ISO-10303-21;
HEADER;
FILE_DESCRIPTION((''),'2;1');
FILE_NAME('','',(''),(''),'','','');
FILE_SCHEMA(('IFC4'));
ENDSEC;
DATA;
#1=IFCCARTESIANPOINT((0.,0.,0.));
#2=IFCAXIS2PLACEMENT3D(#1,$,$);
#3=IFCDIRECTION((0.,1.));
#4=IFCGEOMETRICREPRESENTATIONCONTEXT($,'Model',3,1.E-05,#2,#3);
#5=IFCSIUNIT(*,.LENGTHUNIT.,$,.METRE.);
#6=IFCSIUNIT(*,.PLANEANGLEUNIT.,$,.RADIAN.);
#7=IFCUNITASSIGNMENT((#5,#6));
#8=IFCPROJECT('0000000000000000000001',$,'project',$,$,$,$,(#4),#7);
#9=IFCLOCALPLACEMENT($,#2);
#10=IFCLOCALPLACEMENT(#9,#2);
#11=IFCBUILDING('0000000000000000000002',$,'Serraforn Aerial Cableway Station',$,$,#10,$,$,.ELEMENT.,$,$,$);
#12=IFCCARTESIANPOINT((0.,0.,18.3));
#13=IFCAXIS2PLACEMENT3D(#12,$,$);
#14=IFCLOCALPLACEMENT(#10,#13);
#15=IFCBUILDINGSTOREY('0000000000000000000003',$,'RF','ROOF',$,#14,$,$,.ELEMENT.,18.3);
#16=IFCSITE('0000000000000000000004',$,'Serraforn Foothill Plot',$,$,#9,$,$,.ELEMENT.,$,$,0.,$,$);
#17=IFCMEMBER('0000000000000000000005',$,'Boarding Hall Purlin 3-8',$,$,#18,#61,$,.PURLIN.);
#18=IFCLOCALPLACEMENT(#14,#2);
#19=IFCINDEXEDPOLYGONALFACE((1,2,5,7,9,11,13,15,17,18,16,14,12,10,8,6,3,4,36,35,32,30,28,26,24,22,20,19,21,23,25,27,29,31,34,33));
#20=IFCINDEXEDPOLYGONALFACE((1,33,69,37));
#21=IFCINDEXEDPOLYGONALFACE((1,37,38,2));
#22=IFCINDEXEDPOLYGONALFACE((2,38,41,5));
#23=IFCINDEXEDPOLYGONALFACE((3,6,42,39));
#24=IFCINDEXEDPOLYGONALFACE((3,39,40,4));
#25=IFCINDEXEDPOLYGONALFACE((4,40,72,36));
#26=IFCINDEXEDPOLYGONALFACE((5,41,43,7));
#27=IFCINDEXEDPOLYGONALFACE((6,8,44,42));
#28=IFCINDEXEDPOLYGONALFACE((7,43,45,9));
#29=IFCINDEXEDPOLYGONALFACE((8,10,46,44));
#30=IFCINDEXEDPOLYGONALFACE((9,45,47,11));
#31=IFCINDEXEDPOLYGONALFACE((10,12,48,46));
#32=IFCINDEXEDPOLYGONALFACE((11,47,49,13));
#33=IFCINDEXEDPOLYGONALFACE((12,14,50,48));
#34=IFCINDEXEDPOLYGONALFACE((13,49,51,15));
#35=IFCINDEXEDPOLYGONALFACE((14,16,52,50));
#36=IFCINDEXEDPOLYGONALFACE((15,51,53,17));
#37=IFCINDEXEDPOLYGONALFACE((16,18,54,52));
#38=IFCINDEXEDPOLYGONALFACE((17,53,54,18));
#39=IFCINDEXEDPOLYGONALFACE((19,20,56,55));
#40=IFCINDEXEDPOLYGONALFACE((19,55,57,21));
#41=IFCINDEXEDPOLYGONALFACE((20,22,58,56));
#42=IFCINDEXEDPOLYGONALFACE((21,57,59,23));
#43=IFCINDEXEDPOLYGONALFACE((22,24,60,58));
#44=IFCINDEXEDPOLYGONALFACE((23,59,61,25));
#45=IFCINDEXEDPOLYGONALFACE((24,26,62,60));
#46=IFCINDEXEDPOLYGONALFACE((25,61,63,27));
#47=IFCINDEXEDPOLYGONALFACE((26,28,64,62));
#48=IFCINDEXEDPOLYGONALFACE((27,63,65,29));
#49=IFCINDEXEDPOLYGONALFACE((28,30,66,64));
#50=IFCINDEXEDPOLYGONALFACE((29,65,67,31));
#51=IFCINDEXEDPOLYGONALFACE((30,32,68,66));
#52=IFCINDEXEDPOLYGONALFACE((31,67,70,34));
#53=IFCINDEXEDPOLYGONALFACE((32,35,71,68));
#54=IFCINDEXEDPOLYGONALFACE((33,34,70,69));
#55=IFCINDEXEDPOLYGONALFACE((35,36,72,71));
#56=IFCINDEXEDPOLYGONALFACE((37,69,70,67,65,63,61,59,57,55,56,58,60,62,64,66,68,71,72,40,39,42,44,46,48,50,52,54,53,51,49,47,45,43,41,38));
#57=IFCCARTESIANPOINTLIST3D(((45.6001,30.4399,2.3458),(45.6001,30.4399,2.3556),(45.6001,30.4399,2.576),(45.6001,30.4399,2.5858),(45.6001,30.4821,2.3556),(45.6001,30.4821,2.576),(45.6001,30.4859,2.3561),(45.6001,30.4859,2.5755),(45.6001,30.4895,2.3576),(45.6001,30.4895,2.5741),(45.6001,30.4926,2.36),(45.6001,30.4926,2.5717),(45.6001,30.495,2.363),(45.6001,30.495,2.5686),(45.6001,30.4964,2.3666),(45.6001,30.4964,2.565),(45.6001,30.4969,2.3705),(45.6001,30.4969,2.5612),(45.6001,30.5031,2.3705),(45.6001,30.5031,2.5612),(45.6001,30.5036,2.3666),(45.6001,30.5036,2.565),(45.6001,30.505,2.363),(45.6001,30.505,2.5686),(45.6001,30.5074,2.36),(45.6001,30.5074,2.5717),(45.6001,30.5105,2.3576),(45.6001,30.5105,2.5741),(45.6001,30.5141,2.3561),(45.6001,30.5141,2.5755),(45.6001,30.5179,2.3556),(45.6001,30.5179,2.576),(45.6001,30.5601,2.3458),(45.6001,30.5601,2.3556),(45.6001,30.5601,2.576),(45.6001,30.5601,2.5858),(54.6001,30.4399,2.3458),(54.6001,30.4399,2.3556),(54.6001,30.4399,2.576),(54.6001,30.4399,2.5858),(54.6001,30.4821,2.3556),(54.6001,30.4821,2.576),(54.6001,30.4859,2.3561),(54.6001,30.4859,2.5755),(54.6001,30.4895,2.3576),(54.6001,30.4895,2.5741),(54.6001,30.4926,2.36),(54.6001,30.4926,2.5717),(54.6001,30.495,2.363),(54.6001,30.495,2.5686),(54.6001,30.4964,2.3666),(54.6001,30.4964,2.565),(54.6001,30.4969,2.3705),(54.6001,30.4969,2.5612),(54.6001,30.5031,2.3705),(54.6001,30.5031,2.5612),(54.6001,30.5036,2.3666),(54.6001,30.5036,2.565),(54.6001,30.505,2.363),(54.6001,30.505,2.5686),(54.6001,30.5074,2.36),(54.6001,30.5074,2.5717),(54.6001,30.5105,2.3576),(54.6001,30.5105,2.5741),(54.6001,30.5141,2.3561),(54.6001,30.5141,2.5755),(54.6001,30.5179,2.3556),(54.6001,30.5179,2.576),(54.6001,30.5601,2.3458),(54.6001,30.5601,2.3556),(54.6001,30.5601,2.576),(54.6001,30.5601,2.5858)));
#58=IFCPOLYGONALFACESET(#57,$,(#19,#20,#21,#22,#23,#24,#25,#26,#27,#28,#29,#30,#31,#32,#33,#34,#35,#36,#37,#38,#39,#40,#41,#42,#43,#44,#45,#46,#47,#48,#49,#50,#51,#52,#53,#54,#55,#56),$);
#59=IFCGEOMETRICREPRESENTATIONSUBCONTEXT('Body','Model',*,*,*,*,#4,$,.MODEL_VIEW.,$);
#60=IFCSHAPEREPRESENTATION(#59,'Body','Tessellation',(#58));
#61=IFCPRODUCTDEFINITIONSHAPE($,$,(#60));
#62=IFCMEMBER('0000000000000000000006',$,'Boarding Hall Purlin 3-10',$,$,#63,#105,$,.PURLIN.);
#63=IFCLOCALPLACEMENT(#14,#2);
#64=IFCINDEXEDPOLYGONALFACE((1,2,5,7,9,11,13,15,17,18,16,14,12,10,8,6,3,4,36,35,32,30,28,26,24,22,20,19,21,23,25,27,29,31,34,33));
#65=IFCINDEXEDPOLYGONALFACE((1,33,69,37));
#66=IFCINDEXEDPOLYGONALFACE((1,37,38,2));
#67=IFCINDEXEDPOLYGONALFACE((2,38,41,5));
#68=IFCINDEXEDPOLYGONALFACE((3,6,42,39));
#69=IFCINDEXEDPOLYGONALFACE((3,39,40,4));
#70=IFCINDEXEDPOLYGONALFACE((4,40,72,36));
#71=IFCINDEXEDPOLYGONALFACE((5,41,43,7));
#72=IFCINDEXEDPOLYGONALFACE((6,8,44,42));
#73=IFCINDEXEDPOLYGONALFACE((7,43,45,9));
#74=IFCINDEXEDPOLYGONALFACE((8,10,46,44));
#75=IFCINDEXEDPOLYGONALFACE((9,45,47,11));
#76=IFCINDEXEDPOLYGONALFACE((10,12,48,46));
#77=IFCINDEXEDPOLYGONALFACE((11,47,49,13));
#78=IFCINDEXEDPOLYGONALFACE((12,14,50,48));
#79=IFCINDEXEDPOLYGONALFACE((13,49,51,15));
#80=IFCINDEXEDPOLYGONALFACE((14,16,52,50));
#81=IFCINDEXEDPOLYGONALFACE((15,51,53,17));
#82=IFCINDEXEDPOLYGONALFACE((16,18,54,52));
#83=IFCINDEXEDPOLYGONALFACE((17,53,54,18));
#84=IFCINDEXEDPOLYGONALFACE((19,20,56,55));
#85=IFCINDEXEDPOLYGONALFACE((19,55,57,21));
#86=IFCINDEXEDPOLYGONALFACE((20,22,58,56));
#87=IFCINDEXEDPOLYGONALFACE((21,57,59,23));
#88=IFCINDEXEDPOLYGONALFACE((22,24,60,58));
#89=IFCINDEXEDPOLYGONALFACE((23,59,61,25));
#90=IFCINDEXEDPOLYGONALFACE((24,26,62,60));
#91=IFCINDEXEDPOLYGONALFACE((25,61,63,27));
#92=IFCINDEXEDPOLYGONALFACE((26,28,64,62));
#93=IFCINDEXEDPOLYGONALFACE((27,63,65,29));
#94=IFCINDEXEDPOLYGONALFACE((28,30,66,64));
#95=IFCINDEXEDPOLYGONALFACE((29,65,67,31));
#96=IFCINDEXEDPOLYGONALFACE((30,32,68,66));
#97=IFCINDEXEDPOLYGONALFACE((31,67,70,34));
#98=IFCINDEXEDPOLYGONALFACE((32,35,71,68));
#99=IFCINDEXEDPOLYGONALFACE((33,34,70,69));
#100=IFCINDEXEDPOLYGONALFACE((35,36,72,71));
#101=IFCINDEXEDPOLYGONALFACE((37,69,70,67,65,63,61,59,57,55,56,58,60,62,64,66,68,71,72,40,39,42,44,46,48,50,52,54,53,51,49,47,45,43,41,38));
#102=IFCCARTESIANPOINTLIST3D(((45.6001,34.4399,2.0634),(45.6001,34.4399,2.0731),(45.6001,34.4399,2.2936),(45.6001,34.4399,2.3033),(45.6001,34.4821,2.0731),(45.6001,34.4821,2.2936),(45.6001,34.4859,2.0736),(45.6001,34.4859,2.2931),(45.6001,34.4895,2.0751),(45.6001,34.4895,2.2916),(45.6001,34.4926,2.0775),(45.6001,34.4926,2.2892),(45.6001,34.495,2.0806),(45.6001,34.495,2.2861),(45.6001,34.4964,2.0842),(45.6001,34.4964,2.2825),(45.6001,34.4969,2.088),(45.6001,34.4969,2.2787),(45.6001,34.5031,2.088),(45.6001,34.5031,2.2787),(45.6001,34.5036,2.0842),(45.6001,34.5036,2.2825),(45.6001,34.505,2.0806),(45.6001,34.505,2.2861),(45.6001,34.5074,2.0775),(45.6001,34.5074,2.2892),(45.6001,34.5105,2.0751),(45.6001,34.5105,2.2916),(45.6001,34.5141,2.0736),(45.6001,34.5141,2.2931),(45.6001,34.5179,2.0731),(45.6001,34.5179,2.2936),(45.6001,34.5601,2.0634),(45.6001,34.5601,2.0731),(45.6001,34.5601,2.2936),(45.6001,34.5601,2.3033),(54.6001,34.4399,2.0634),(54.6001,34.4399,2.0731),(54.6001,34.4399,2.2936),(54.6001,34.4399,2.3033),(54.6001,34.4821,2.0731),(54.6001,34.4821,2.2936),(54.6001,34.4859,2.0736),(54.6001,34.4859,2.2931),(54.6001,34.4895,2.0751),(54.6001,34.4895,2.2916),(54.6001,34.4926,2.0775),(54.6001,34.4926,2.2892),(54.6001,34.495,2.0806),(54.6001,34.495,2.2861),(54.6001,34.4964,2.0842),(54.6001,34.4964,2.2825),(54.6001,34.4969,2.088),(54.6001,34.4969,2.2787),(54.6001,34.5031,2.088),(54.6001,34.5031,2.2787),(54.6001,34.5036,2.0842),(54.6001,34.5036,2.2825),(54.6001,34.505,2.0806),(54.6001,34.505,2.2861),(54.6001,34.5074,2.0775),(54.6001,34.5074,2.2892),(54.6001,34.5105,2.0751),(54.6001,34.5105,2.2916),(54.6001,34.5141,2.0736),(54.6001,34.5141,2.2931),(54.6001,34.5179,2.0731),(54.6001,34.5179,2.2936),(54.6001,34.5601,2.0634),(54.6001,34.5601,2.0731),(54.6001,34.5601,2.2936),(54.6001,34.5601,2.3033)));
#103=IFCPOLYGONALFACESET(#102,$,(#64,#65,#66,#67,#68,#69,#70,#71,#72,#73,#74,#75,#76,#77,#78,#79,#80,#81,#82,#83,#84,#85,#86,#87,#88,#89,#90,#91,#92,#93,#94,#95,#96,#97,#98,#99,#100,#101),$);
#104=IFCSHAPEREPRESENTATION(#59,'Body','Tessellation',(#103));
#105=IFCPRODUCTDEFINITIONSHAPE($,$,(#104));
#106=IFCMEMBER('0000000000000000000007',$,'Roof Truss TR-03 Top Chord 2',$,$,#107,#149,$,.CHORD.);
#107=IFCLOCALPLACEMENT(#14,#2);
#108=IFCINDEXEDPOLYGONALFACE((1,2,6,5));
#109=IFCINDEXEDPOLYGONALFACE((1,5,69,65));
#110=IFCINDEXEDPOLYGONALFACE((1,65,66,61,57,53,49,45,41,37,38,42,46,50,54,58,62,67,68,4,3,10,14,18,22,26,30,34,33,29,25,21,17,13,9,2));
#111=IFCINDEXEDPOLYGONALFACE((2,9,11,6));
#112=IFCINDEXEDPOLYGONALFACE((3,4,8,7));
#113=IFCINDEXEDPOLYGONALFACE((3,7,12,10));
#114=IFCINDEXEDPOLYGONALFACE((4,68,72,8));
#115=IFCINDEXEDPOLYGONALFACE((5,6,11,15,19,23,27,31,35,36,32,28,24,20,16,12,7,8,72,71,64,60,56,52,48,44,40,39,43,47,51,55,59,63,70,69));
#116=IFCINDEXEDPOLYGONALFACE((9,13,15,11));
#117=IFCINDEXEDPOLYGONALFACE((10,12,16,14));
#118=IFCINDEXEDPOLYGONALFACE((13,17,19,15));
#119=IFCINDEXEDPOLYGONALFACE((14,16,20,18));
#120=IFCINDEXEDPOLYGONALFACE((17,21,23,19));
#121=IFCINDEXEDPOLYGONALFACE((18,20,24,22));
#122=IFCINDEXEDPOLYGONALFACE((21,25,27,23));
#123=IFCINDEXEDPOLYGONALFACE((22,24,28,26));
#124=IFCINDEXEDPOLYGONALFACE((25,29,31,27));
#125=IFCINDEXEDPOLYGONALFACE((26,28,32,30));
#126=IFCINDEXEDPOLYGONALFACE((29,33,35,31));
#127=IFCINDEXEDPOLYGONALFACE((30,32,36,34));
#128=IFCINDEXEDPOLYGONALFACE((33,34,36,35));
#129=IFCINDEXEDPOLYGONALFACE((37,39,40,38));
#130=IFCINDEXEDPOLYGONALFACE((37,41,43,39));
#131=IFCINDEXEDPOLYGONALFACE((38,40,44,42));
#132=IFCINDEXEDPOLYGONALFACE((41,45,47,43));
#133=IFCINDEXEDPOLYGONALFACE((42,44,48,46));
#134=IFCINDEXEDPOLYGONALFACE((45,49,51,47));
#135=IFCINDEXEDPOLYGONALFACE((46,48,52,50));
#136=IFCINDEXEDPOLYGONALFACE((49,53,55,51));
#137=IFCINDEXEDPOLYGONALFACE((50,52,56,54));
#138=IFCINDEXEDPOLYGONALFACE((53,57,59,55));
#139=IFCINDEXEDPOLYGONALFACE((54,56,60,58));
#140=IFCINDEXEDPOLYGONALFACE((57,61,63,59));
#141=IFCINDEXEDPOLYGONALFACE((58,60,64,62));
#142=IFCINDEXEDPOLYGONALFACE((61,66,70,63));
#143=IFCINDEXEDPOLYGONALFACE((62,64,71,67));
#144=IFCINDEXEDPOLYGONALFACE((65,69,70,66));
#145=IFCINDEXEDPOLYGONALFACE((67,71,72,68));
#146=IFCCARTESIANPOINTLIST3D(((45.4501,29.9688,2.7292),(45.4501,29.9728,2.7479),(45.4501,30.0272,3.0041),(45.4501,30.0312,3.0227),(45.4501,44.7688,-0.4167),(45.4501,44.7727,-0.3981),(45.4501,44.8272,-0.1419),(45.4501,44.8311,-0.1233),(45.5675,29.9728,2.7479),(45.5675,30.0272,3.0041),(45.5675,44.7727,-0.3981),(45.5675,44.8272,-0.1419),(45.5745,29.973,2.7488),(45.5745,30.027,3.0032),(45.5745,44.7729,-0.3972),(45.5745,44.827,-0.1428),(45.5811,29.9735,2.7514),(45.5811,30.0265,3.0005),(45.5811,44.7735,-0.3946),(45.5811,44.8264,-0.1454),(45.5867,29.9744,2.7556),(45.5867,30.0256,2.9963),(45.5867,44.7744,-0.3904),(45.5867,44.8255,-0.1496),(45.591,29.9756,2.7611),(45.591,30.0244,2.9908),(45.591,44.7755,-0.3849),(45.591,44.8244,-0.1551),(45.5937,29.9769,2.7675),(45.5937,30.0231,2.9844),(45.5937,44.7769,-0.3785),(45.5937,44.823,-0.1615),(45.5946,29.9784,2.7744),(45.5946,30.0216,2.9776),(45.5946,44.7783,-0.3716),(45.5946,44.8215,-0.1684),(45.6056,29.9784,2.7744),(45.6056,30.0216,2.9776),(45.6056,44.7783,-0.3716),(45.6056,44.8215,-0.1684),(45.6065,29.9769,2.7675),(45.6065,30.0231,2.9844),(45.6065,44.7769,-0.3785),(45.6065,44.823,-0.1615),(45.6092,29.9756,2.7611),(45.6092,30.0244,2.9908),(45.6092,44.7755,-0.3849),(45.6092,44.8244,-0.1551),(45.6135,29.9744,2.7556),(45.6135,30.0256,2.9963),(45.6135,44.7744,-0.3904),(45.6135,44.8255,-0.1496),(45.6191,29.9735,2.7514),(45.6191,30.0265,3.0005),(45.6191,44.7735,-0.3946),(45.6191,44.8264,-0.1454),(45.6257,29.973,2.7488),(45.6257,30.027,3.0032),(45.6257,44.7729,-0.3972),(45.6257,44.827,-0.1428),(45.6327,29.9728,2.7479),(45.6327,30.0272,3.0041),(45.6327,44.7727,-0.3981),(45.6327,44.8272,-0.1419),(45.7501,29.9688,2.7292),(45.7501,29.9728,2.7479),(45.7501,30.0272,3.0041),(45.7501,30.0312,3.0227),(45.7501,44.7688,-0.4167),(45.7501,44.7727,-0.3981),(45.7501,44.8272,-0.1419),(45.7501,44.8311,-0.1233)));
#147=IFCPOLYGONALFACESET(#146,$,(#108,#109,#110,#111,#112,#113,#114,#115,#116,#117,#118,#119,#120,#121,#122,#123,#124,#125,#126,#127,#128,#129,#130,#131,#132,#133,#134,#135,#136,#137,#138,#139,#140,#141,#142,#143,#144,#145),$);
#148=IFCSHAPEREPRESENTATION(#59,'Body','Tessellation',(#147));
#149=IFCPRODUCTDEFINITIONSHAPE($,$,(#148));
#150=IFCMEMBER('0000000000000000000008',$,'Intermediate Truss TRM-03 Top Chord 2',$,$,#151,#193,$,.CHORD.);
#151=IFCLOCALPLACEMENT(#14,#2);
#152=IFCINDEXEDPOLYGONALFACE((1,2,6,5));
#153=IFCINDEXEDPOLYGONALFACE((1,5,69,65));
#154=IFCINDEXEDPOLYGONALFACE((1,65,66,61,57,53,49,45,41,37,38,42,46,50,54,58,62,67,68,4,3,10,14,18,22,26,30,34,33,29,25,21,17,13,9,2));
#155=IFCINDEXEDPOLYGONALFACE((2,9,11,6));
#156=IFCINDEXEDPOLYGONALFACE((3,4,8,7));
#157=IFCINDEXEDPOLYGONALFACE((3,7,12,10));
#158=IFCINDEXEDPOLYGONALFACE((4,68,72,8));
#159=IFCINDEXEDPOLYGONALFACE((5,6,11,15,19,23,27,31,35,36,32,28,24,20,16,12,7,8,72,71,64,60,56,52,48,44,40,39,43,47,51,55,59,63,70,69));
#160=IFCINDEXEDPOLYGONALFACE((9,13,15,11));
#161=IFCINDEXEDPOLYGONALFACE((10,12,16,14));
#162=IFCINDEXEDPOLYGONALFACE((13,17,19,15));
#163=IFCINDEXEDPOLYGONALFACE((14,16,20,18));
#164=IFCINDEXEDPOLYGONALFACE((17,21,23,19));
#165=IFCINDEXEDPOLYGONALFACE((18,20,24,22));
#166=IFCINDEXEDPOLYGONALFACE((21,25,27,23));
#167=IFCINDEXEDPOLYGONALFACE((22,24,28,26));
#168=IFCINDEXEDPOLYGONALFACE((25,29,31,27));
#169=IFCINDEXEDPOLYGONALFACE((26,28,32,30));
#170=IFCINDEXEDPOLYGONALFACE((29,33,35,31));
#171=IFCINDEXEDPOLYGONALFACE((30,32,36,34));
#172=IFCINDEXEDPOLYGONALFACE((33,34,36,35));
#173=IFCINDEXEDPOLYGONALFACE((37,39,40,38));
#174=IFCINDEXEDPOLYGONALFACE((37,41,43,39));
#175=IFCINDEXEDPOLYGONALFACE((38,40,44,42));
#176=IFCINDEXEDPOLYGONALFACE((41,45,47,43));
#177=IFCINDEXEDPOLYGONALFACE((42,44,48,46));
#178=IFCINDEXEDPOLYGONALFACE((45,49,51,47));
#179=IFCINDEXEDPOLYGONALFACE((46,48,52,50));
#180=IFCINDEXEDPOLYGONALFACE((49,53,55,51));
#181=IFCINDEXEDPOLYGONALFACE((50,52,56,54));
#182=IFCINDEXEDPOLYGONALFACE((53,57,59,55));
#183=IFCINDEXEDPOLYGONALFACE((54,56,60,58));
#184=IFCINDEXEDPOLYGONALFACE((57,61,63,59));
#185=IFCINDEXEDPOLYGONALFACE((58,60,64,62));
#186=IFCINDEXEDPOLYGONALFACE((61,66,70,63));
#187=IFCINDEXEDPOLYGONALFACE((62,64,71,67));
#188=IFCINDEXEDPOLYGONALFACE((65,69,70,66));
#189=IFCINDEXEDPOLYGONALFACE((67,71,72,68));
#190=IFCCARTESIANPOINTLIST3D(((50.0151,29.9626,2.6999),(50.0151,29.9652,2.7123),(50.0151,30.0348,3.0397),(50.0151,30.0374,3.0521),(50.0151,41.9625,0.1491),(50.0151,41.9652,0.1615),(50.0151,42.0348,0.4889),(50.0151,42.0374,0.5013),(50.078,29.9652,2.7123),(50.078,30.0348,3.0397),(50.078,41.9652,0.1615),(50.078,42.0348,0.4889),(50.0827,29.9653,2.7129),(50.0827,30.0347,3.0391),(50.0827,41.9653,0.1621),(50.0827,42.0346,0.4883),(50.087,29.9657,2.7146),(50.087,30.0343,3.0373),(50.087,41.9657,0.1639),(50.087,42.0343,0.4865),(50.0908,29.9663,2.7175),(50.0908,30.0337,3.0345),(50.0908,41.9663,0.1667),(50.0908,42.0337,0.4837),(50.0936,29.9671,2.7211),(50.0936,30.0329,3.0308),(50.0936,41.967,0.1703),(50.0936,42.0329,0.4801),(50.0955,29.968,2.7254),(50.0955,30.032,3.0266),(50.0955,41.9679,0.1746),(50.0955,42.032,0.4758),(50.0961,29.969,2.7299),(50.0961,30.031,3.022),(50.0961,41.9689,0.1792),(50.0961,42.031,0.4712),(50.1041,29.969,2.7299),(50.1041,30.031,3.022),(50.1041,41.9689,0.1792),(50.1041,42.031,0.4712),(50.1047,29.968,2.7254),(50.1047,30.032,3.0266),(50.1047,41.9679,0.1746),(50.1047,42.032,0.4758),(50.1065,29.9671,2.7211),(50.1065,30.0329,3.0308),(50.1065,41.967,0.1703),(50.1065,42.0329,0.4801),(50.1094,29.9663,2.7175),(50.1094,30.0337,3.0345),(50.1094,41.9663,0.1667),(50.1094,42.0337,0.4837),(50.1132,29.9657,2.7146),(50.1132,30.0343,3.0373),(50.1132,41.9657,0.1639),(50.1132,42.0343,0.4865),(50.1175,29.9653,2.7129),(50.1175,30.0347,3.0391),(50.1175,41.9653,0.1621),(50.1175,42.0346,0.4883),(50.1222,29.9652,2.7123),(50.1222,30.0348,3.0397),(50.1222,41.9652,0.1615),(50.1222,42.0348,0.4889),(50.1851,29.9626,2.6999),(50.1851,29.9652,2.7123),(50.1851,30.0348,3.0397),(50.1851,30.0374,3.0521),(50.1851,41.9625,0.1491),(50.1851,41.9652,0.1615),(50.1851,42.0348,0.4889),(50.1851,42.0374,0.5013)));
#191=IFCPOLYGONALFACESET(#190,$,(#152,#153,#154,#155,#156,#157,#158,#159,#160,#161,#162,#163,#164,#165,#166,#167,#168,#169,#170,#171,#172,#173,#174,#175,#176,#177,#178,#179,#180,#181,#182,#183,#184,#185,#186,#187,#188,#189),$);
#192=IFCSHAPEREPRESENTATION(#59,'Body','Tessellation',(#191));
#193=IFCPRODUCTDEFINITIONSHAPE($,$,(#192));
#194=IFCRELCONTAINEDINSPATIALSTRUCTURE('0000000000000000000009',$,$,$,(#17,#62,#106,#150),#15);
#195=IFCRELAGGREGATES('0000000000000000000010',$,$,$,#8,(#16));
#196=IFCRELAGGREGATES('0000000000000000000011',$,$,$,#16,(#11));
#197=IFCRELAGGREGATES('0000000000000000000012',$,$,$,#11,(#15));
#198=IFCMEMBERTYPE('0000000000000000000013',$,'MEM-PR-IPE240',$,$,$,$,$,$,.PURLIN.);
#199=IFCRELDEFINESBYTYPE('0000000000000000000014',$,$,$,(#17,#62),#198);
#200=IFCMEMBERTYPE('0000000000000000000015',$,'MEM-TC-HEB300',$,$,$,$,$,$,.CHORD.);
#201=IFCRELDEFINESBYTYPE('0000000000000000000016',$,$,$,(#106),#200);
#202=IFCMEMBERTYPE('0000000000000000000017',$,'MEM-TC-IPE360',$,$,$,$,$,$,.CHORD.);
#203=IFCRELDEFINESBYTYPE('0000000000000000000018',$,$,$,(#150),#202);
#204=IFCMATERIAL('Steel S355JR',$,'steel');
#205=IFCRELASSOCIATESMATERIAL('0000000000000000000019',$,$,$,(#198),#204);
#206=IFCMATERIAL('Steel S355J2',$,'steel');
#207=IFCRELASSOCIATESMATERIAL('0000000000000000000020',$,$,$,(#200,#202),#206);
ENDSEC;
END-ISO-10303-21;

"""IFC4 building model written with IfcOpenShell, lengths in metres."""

from ifc_helpers import new_model, si_unit, direction, frame, origin, origin_2d, place, context, subcontext, project, spatial, i_section, extrude, material, material_profile, profile_set, type_object, element, save


model = new_model("IFC4")

# Units and contexts
model_context = context("Model", 3, precision=1e-05, world=origin(), true_north=direction((0.0, 1.0)))
body_context = subcontext(model_context, "Body", "Model", "MODEL_VIEW")
ifc_project = project(units=[si_unit("LENGTHUNIT", "METRE"), si_unit("PLANEANGLEUNIT", "RADIAN")], contexts=[model_context])

# Site, building, storey
site_placement = place(None, origin())
site = spatial("IfcSite", under=ifc_project, at=site_placement, Name="Serraforn Foothill Plot", CompositionType="ELEMENT", RefElevation=0.0)
building_placement = place(site_placement, origin())
building = spatial("IfcBuilding", under=site, at=building_placement, Name="Serraforn Aerial Cableway Station", CompositionType="ELEMENT")
storey_placement = place(building_placement, frame((0.0, 0.0, 18.3)))
storey = spatial("IfcBuildingStorey", under=building, at=storey_placement, Name="RF", Description="ROOF", CompositionType="ELEMENT", Elevation=18.3)

# Members
ifc_material_1 = material(Name="Steel S355J2", Category="steel")
ifc_material_2 = material(Name="Steel S355JR", Category="steel")
ifc_material_profile_1 = material_profile(ifc_material_2, i_section(OverallWidth=0.1201, OverallDepth=0.24, WebThickness=0.0061, FlangeThickness=0.0098, FilletRadius=0.0149, at=origin_2d()), Name="IPE 240")
ifc_profile_set_1 = profile_set([ifc_material_profile_1], Name="Steel S355JR")
member_type_1 = type_object("IfcMemberType", Name="MEM-PR-IPE240", PredefinedType="PURLIN", material=ifc_profile_set_1)
for number, where, z_axis, x_axis, name in (
    (1, (45.6001, 30.5, 2.4658), (1.0, 0.0, 0.0), (0.0, 1.0, 0.0), "Boarding Hall Purlin 3-8"),
    (2, (45.6001, 34.5, 2.1833), (1.0, 0.0, 0.0), (0.0, 1.0, 0.0), "Boarding Hall Purlin 3-10"),
):
    element("IfcMember", number, at=place(storey_placement, frame(where, z_axis=z_axis, x_axis=x_axis)), inside=storey, type_object=member_type_1, Name=name, PredefinedType="PURLIN", context=body_context, shape_type="SweptSolid", body=[
        extrude(i_section(OverallWidth=0.1201, OverallDepth=0.24, WebThickness=0.0061, FlangeThickness=0.0098, FilletRadius=0.0149, at=origin_2d()), origin(), (0.0, 0.0, 1.0), 9.0),
    ])
ifc_material_profile_2 = material_profile(ifc_material_1, i_section(OverallWidth=0.3, OverallDepth=0.3, WebThickness=0.011, FlangeThickness=0.019, FilletRadius=0.0271, at=origin_2d()), Name="HEB 300")
ifc_profile_set_2 = profile_set([ifc_material_profile_2], Name="Steel S355J2")
member_type_2 = type_object("IfcMemberType", Name="MEM-TC-HEB300", PredefinedType="CHORD", material=ifc_profile_set_2)
member_1_placement = place(storey_placement, frame((45.6001, 30.0, 2.876), z_axis=(0.0, 0.978146, -0.207921), x_axis=(-1.0, 0.0, 0.0)))
element("IfcMember", 3, at=member_1_placement, inside=storey, type_object=member_type_2, Name="Roof Truss TR-03 Top Chord 2", PredefinedType="CHORD", context=body_context, shape_type="SweptSolid", body=[
    extrude(i_section(OverallWidth=0.3, OverallDepth=0.3, WebThickness=0.011, FlangeThickness=0.019, FilletRadius=0.0271, at=origin_2d()), origin(), (0.0, 0.0, 1.0), 15.1306),
])
ifc_material_profile_3 = material_profile(ifc_material_1, i_section(OverallWidth=0.1699, OverallDepth=0.3601, WebThickness=0.0081, FlangeThickness=0.0127, FilletRadius=0.0181, at=origin_2d()), Name="IPE 360")
ifc_profile_set_3 = profile_set([ifc_material_profile_3], Name="Steel S355J2")
member_type_3 = type_object("IfcMemberType", Name="MEM-TC-IPE360", PredefinedType="CHORD", material=ifc_profile_set_3)
member_2_placement = place(storey_placement, frame((50.1001, 30.0, 2.876), z_axis=(0.0, 0.978146, -0.20792), x_axis=(-1.0, 0.0, 0.0)))
element("IfcMember", 4, at=member_2_placement, inside=storey, type_object=member_type_3, Name="Intermediate Truss TRM-03 Top Chord 2", PredefinedType="CHORD", context=body_context, shape_type="SweptSolid", body=[
    extrude(i_section(OverallWidth=0.1699, OverallDepth=0.3601, WebThickness=0.0081, FlangeThickness=0.0127, FilletRadius=0.0181, at=origin_2d()), origin(), (0.0, 0.0, 1.0), 12.2681),
])

save(model, "model.ifc")
